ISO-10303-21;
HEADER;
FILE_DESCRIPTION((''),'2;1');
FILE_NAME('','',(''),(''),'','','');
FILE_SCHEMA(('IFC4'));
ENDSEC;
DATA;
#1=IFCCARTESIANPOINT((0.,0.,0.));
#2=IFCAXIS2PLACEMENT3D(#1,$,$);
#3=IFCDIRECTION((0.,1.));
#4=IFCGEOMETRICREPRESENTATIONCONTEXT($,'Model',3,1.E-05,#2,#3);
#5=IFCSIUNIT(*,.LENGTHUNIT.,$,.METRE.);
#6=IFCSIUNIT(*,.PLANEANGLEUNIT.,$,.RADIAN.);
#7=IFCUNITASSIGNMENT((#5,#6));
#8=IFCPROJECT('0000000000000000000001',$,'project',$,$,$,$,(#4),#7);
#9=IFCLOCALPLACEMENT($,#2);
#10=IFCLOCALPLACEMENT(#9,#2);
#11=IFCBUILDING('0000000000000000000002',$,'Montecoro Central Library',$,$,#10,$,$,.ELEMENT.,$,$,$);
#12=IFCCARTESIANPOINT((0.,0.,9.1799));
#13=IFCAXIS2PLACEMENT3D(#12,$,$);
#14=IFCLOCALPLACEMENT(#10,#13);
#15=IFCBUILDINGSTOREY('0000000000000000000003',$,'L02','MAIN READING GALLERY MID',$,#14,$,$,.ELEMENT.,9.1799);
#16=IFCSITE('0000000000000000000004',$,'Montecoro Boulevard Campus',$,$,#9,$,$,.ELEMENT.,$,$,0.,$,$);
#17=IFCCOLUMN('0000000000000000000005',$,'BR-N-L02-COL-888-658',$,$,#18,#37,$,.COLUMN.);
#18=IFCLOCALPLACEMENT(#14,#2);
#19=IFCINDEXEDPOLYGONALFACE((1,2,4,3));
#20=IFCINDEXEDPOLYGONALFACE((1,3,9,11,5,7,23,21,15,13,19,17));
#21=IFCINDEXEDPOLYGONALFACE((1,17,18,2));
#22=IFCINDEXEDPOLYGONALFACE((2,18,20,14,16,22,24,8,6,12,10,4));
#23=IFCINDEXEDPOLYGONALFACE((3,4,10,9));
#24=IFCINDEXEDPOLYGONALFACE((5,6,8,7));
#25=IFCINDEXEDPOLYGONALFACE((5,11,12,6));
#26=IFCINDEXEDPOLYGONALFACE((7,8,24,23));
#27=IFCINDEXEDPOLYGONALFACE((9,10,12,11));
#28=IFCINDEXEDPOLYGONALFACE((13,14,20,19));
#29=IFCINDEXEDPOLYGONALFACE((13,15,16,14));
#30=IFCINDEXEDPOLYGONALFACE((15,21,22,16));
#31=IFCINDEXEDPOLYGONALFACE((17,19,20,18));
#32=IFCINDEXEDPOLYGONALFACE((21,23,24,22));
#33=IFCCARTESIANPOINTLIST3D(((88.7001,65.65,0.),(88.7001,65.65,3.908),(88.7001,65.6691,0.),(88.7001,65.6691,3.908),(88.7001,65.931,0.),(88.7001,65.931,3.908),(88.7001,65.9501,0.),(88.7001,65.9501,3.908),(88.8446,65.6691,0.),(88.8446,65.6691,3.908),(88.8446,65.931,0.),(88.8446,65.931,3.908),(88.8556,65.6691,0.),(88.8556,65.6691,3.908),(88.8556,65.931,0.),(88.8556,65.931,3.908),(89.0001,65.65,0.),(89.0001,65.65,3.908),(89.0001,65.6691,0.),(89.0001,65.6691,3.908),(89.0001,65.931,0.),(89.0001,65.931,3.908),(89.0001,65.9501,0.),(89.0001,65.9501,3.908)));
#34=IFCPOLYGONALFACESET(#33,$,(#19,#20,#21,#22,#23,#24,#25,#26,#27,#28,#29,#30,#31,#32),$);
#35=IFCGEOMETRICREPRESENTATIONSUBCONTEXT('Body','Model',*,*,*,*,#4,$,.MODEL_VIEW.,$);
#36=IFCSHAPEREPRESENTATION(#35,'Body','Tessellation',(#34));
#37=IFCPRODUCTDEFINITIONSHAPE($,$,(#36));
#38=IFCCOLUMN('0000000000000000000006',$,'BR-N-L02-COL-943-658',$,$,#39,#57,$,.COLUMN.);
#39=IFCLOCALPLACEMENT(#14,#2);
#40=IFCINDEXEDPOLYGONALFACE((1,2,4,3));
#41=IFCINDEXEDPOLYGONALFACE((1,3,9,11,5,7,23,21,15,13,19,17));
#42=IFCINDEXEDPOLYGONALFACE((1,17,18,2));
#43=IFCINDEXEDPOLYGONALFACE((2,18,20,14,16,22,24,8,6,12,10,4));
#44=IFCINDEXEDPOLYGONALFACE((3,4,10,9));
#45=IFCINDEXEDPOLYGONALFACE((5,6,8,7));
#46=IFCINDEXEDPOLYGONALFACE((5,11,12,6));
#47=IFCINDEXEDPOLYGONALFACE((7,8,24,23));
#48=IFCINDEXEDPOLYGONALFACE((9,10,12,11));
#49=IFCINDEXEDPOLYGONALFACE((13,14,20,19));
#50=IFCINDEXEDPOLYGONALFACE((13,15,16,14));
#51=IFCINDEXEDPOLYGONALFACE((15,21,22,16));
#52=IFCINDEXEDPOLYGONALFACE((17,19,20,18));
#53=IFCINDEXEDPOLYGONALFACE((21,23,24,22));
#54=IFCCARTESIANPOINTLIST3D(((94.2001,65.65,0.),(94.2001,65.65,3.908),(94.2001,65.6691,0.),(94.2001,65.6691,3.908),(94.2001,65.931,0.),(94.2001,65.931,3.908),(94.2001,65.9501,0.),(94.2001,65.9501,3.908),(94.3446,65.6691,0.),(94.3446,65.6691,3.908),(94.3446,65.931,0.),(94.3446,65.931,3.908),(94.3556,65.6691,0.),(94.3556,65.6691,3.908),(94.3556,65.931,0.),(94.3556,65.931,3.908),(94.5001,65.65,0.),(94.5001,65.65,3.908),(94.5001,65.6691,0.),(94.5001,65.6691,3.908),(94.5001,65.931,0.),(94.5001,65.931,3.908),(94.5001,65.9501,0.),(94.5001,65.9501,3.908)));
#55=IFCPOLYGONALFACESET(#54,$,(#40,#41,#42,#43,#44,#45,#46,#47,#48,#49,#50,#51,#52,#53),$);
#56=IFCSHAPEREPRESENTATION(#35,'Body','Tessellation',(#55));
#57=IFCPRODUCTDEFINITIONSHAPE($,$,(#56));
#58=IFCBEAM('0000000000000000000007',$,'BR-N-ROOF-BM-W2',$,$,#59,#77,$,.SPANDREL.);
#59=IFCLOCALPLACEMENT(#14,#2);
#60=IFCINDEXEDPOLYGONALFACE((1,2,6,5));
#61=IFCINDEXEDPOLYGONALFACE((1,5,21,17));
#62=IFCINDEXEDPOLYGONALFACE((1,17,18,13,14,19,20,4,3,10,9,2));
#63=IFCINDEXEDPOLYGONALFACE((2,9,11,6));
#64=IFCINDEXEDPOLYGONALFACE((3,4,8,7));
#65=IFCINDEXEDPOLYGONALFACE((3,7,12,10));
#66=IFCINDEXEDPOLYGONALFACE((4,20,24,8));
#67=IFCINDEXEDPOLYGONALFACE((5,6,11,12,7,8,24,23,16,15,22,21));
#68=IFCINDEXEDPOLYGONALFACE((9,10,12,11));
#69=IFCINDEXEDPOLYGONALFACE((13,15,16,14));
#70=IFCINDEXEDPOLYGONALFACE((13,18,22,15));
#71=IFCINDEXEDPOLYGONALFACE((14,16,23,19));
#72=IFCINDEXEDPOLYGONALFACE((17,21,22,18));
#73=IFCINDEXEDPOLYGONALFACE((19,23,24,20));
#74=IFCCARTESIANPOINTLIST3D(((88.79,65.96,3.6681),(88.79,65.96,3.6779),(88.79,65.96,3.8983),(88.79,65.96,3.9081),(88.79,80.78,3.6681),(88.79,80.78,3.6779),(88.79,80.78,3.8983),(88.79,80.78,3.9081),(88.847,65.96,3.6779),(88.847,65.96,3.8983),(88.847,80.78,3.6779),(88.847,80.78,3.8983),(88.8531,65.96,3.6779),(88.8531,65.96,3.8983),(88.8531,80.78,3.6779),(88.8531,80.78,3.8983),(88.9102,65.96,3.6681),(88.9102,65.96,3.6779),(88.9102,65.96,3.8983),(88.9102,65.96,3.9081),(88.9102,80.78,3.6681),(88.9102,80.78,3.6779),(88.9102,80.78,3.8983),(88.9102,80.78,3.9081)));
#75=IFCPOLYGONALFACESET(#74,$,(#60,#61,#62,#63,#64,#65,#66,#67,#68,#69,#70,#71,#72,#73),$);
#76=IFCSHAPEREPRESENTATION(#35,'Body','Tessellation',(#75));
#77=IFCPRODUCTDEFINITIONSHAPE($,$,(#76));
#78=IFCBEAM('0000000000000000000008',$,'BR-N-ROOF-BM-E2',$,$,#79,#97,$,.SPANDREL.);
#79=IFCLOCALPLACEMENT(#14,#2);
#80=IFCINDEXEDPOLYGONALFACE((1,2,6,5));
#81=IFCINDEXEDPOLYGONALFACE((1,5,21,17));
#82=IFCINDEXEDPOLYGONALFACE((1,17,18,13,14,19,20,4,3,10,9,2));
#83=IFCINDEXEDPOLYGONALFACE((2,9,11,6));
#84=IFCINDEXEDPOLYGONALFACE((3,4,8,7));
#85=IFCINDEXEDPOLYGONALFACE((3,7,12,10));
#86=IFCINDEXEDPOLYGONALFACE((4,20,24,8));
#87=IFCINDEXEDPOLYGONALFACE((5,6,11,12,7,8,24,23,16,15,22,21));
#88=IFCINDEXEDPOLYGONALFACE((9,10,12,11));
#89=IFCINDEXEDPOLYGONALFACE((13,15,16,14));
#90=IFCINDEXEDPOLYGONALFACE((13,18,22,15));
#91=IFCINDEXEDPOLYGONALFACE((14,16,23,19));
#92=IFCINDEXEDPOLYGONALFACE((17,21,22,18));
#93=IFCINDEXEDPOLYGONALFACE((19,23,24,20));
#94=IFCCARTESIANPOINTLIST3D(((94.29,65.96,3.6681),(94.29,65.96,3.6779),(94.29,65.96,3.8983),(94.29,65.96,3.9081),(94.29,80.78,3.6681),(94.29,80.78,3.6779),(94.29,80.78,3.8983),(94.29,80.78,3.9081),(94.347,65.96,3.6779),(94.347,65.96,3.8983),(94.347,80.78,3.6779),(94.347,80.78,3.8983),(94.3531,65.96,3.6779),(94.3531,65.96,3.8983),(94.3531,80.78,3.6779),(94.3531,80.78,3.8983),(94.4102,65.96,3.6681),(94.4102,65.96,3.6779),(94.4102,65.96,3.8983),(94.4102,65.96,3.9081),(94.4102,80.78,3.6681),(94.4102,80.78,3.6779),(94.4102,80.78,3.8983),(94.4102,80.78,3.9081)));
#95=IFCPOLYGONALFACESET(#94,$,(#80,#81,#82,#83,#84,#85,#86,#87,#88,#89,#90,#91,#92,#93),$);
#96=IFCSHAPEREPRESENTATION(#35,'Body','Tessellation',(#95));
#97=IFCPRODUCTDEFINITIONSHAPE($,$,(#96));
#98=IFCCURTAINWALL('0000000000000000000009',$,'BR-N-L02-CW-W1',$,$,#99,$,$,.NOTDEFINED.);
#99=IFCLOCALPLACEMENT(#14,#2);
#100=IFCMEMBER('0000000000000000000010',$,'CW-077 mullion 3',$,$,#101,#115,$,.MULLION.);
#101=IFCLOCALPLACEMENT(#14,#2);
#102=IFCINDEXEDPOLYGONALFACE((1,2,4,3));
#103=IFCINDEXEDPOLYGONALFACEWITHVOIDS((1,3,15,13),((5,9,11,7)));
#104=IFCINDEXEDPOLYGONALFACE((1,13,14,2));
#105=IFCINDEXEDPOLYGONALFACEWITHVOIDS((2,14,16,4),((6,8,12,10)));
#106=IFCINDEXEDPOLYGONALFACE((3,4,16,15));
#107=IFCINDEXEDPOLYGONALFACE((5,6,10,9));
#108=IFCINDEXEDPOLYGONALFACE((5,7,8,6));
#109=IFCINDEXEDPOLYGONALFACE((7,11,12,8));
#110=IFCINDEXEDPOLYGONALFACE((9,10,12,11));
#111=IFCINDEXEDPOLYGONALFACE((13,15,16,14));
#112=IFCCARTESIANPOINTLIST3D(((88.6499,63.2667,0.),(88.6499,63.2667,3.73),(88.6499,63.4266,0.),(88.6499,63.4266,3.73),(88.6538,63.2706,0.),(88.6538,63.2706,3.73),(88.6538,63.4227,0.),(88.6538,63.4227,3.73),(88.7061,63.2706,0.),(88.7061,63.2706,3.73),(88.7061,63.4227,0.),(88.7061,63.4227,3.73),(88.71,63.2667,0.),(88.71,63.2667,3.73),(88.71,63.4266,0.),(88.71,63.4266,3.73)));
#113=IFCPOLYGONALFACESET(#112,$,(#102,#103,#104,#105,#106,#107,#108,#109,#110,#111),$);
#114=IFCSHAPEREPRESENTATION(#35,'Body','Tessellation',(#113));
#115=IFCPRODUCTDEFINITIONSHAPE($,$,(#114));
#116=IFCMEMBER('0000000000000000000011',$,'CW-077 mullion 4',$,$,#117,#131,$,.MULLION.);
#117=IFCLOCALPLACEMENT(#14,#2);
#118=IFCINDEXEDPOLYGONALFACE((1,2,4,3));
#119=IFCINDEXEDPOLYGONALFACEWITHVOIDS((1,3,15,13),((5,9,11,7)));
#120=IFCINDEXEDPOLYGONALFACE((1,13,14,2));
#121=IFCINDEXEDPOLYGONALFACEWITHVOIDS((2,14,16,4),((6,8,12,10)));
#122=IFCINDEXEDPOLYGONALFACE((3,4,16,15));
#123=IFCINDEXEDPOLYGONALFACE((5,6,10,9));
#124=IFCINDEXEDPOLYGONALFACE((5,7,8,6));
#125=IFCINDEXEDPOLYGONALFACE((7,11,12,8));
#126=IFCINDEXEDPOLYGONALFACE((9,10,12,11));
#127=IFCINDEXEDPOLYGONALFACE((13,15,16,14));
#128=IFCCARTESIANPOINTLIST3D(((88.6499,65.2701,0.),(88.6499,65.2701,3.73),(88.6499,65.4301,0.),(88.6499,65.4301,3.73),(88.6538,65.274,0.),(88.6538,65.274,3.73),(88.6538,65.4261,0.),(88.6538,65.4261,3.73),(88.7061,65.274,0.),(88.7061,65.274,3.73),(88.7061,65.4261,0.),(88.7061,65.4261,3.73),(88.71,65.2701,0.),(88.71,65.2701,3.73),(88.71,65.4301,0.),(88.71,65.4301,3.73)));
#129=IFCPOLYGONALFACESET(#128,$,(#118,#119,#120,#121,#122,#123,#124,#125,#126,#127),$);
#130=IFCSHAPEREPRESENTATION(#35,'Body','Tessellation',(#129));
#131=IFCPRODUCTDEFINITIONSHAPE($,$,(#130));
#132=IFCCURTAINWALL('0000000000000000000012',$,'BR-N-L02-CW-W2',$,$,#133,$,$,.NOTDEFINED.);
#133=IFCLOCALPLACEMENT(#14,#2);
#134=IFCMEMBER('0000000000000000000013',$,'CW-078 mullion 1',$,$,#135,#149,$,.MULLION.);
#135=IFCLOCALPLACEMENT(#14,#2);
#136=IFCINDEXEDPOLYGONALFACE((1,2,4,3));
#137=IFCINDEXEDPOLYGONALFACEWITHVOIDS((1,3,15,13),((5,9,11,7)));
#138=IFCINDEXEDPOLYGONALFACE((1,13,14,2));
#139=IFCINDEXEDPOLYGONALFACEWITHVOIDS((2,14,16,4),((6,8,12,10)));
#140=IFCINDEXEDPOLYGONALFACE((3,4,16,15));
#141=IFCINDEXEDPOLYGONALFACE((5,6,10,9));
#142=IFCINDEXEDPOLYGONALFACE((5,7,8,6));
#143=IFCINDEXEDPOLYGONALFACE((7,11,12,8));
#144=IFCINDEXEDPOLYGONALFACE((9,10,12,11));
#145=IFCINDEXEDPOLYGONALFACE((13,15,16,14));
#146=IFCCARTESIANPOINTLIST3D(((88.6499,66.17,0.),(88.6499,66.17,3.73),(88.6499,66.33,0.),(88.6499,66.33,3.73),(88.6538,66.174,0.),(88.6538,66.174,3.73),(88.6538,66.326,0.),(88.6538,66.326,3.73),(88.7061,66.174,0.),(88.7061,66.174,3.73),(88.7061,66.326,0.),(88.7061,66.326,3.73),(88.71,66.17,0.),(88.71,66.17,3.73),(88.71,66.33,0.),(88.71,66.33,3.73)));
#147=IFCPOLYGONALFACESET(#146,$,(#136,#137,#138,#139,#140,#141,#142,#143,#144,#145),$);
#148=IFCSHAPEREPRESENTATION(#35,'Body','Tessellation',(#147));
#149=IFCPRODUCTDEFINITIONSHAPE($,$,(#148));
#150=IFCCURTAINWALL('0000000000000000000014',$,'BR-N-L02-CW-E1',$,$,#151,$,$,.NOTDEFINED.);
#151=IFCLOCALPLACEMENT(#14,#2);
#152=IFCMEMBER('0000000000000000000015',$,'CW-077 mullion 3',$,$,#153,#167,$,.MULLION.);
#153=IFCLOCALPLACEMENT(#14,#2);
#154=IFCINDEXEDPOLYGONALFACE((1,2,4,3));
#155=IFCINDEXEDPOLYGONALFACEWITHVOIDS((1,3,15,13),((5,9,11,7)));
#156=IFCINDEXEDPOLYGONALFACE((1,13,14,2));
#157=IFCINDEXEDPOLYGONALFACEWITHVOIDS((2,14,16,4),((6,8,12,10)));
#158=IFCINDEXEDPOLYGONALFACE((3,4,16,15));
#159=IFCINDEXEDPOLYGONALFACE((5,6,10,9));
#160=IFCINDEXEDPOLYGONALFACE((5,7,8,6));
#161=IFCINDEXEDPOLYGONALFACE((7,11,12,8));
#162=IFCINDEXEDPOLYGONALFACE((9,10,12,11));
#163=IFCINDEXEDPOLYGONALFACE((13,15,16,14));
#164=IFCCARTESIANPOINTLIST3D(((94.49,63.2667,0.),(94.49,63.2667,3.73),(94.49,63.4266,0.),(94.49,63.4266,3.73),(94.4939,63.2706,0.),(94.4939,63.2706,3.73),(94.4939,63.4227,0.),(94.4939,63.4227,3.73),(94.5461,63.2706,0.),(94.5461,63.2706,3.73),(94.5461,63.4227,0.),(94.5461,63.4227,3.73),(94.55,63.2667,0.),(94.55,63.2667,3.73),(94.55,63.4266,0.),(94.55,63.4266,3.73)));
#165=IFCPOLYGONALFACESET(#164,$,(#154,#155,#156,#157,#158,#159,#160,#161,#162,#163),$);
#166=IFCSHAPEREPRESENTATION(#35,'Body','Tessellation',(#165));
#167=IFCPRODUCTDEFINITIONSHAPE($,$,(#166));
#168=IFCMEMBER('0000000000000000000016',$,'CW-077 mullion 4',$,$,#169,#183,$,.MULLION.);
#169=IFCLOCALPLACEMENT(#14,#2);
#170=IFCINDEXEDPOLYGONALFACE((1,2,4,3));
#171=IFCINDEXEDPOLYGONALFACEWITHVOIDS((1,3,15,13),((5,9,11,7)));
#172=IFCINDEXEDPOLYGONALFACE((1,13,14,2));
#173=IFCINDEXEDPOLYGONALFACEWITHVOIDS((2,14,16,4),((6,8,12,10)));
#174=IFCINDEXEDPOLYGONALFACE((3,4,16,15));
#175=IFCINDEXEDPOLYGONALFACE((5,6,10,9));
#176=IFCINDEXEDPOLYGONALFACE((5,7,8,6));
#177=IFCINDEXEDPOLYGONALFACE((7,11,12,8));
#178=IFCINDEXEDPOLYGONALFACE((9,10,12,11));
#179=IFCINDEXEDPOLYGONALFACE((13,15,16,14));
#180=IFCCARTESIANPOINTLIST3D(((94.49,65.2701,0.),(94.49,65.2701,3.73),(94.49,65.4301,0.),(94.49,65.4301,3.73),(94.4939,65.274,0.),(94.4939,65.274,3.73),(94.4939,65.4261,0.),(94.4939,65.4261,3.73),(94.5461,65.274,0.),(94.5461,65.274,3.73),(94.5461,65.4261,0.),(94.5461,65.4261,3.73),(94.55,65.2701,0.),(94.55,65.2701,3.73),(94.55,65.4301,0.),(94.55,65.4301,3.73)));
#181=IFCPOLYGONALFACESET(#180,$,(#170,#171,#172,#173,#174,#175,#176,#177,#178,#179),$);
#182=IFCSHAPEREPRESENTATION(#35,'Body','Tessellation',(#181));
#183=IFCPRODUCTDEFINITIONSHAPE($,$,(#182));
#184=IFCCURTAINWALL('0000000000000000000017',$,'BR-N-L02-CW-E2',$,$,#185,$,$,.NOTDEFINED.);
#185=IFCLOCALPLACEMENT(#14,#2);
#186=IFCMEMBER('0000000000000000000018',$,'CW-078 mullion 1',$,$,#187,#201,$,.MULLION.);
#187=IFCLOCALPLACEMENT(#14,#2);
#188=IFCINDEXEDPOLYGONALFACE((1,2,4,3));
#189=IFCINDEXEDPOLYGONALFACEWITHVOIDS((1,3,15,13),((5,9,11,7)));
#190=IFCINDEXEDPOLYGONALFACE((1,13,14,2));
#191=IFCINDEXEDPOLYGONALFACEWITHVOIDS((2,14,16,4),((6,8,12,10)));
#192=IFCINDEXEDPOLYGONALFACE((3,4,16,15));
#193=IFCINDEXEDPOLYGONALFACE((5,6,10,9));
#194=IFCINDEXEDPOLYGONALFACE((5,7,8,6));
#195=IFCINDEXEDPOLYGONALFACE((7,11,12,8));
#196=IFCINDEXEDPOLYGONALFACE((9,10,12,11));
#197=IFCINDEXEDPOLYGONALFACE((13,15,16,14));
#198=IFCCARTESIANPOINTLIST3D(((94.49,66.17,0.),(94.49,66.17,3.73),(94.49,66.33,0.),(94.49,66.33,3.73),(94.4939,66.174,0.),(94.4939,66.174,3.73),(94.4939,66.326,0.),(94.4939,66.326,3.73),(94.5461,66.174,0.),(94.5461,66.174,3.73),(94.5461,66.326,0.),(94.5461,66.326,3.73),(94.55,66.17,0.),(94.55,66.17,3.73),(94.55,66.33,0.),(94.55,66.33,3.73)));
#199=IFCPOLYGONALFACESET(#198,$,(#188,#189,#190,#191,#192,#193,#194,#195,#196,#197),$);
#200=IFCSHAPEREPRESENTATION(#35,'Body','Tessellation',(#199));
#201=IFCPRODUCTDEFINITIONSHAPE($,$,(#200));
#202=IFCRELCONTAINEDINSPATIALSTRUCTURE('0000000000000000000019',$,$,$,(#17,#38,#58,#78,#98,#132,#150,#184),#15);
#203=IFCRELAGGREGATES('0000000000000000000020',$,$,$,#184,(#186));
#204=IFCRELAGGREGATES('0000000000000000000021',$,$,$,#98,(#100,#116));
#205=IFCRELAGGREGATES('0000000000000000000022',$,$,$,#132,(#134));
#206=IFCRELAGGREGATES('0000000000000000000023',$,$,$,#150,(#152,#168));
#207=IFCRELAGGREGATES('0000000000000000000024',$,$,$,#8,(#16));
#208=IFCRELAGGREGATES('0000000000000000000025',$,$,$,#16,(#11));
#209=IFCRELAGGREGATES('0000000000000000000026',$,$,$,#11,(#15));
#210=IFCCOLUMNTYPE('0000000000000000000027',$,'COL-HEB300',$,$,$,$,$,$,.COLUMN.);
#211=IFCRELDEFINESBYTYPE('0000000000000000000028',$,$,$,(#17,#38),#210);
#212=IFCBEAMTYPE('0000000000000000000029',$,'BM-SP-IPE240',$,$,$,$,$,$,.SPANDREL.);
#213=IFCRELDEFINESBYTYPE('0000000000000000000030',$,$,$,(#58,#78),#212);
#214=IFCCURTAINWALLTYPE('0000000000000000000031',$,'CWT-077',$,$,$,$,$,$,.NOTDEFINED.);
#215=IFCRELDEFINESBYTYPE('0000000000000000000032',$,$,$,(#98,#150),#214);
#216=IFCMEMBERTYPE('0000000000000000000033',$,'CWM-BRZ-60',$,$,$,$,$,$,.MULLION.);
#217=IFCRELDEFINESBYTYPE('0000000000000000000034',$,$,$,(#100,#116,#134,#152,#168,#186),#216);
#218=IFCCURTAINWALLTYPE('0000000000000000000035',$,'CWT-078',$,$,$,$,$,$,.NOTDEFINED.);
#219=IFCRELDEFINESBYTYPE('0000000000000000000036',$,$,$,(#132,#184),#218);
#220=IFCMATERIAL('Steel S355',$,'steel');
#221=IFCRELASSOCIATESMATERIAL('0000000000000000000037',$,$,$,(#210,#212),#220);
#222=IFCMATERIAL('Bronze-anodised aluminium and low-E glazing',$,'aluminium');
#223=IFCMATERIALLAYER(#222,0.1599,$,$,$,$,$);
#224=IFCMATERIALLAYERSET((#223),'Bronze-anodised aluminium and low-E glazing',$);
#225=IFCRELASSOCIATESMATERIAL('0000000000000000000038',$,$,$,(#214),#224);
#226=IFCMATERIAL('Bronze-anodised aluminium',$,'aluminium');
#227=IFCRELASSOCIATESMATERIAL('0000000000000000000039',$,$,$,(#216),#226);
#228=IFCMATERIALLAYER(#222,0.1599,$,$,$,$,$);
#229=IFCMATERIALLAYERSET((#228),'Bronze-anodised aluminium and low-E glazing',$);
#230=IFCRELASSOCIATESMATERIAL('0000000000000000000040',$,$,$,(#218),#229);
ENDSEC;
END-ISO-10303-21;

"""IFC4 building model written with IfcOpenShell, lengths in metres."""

from ifc_helpers import new_model, si_unit, direction, frame, origin, origin_2d, place, context, subcontext, project, spatial, hollow_rectangle, i_section, extrude, material, layer, layer_set, material_profile, profile_set, type_object, element, aggregate, save


model = new_model("IFC4")

# Units and contexts
model_context = context("Model", 3, precision=1e-05, world=origin(), true_north=direction((0.0, 1.0)))
body_context = subcontext(model_context, "Body", "Model", "MODEL_VIEW")
ifc_project = project(units=[si_unit("LENGTHUNIT", "METRE"), si_unit("PLANEANGLEUNIT", "RADIAN")], contexts=[model_context])

# Site, building, storey
site_placement = place(None, origin())
site = spatial("IfcSite", under=ifc_project, at=site_placement, Name="Montecoro Boulevard Campus", CompositionType="ELEMENT", RefElevation=0.0)
building_placement = place(site_placement, origin())
building = spatial("IfcBuilding", under=site, at=building_placement, Name="Montecoro Central Library", CompositionType="ELEMENT")
storey_placement = place(building_placement, frame((0.0, 0.0, 9.1799)))
storey = spatial("IfcBuildingStorey", under=building, at=storey_placement, Name="L02", Description="MAIN READING GALLERY MID", CompositionType="ELEMENT", Elevation=9.1799)

# Columns
ifc_material_1 = material(Name="Steel S355", Category="steel")
ifc_material_profile_1 = material_profile(ifc_material_1, i_section(OverallWidth=0.3, OverallDepth=0.3, WebThickness=0.011, FlangeThickness=0.019, at=origin_2d()), Name="HEB 300")
ifc_profile_set_1 = profile_set([ifc_material_profile_1], Name="Steel S355")
column_type = type_object("IfcColumnType", Name="COL-HEB300", PredefinedType="COLUMN", material=ifc_profile_set_1)
for number, where, z_axis, x_axis, name in (
    (1, (88.8501, 65.8, 0.0), (0.0, 0.0, 1.0), (1.0, 0.0, 0.0), "BR-N-L02-COL-888-658"),
    (2, (94.3501, 65.8, 0.0), (0.0, 0.0, 1.0), (1.0, 0.0, 0.0), "BR-N-L02-COL-943-658"),
):
    element("IfcColumn", number, at=place(storey_placement, frame(where, z_axis=z_axis, x_axis=x_axis)), inside=storey, type_object=column_type, Name=name, PredefinedType="COLUMN", context=body_context, shape_type="SweptSolid", body=[
        extrude(i_section(OverallWidth=0.3, OverallDepth=0.3, WebThickness=0.011, FlangeThickness=0.019, at=origin_2d()), origin(), (0.0, 0.0, 1.0), 3.908),
    ])

# Beams
ifc_material_profile_2 = material_profile(ifc_material_1, i_section(OverallWidth=0.1201, OverallDepth=0.24, WebThickness=0.0061, FlangeThickness=0.0098, at=origin_2d()), Name="IPE 240")
ifc_profile_set_2 = profile_set([ifc_material_profile_2], Name="Steel S355")
beam_type = type_object("IfcBeamType", Name="BM-SP-IPE240", PredefinedType="SPANDREL", material=ifc_profile_set_2)
for number, where, z_axis, x_axis, name in (
    (3, (88.8501, 65.96, 3.7881), (0.0, 1.0, 0.0), (-1.0, 0.0, 0.0), "BR-N-ROOF-BM-W2"),
    (4, (94.3501, 65.96, 3.7881), (0.0, 1.0, 0.0), (-1.0, 0.0, 0.0), "BR-N-ROOF-BM-E2"),
):
    element("IfcBeam", number, at=place(storey_placement, frame(where, z_axis=z_axis, x_axis=x_axis)), inside=storey, type_object=beam_type, Name=name, PredefinedType="SPANDREL", context=body_context, shape_type="SweptSolid", body=[
        extrude(i_section(OverallWidth=0.1201, OverallDepth=0.24, WebThickness=0.0061, FlangeThickness=0.0098, at=origin_2d()), origin(), (0.0, 0.0, 1.0), 14.8201),
    ])

# Curtain wall, members
ifc_material_2 = material(Name="Bronze-anodised aluminium and low-E glazing", Category="aluminium")
ifc_layer_1 = layer(ifc_material_2, 0.1599)
ifc_layer_set_1 = layer_set([ifc_layer_1], Name="Bronze-anodised aluminium and low-E glazing")
curtain_wall_type_1 = type_object("IfcCurtainWallType", Name="CWT-077", PredefinedType="NOTDEFINED", material=ifc_layer_set_1)
curtain_wall_1_placement = place(storey_placement, origin())
curtain_wall_1 = element("IfcCurtainWall", 5, at=curtain_wall_1_placement, inside=storey, type_object=curtain_wall_type_1, Name="BR-N-L02-CW-W1", PredefinedType="NOTDEFINED")
ifc_material_3 = material(Name="Bronze-anodised aluminium", Category="aluminium")
ifc_material_profile_3 = material_profile(ifc_material_3, hollow_rectangle(XDim=0.0601, YDim=0.1599, WallThickness=0.0039, at=origin_2d()), Name="CWM 160x60x4.0")
ifc_profile_set_3 = profile_set([ifc_material_profile_3], Name="Bronze-anodised aluminium")
member_type_1 = type_object("IfcMemberType", Name="CWM-BRZ-60", PredefinedType="MULLION", material=ifc_profile_set_3)
member_1_placement = place(storey_placement, frame((88.6799, 63.3467, 0.0), z_axis=(0.0, 0.0, 1.0), x_axis=(-1.0, 0.0, 0.0)))
member_1 = element("IfcMember", 6, at=member_1_placement, type_object=member_type_1, Name="CW-077 mullion 3", PredefinedType="MULLION", context=body_context, shape_type="SweptSolid", body=[
    extrude(hollow_rectangle(XDim=0.0601, YDim=0.1599, WallThickness=0.0039, at=origin_2d()), origin(), (0.0, 0.0, 1.0), 3.73),
])
member_2_placement = place(storey_placement, frame((88.6799, 65.3501, 0.0), z_axis=(0.0, 0.0, 1.0), x_axis=(-1.0, 0.0, 0.0)))
member_2 = element("IfcMember", 7, at=member_2_placement, type_object=member_type_1, Name="CW-077 mullion 4", PredefinedType="MULLION", context=body_context, shape_type="SweptSolid", body=[
    extrude(hollow_rectangle(XDim=0.0601, YDim=0.1599, WallThickness=0.0039, at=origin_2d()), origin(), (0.0, 0.0, 1.0), 3.73),
])

# Curtain wall, member
ifc_layer_2 = layer(ifc_material_2, 0.1599)
ifc_layer_set_2 = layer_set([ifc_layer_2], Name="Bronze-anodised aluminium and low-E glazing")
curtain_wall_type_2 = type_object("IfcCurtainWallType", Name="CWT-078", PredefinedType="NOTDEFINED", material=ifc_layer_set_2)
curtain_wall_2_placement = place(storey_placement, origin())
curtain_wall_2 = element("IfcCurtainWall", 8, at=curtain_wall_2_placement, inside=storey, type_object=curtain_wall_type_2, Name="BR-N-L02-CW-W2", PredefinedType="NOTDEFINED")
member_3_placement = place(storey_placement, frame((88.6799, 66.25, 0.0), z_axis=(0.0, 0.0, 1.0), x_axis=(-1.0, 0.0, 0.0)))
member_3 = element("IfcMember", 9, at=member_3_placement, type_object=member_type_1, Name="CW-078 mullion 1", PredefinedType="MULLION", context=body_context, shape_type="SweptSolid", body=[
    extrude(hollow_rectangle(XDim=0.0601, YDim=0.1599, WallThickness=0.0039, at=origin_2d()), origin(), (0.0, 0.0, 1.0), 3.73),
])

# Curtain wall, members
curtain_wall_3_placement = place(storey_placement, origin())
curtain_wall_3 = element("IfcCurtainWall", 10, at=curtain_wall_3_placement, inside=storey, type_object=curtain_wall_type_1, Name="BR-N-L02-CW-E1", PredefinedType="NOTDEFINED")
member_4_placement = place(storey_placement, frame((94.52, 63.3467, 0.0), z_axis=(0.0, 0.0, 1.0), x_axis=(-1.0, 0.0, 0.0)))
member_4 = element("IfcMember", 11, at=member_4_placement, type_object=member_type_1, Name="CW-077 mullion 3", PredefinedType="MULLION", context=body_context, shape_type="SweptSolid", body=[
    extrude(hollow_rectangle(XDim=0.0601, YDim=0.1599, WallThickness=0.0039, at=origin_2d()), origin(), (0.0, 0.0, 1.0), 3.73),
])
member_5_placement = place(storey_placement, frame((94.52, 65.3501, 0.0), z_axis=(0.0, 0.0, 1.0), x_axis=(-1.0, 0.0, 0.0)))
member_5 = element("IfcMember", 12, at=member_5_placement, type_object=member_type_1, Name="CW-077 mullion 4", PredefinedType="MULLION", context=body_context, shape_type="SweptSolid", body=[
    extrude(hollow_rectangle(XDim=0.0601, YDim=0.1599, WallThickness=0.0039, at=origin_2d()), origin(), (0.0, 0.0, 1.0), 3.73),
])

# Curtain wall, member
curtain_wall_4_placement = place(storey_placement, origin())
curtain_wall_4 = element("IfcCurtainWall", 13, at=curtain_wall_4_placement, inside=storey, type_object=curtain_wall_type_2, Name="BR-N-L02-CW-E2", PredefinedType="NOTDEFINED")
member_6_placement = place(storey_placement, frame((94.52, 66.25, 0.0), z_axis=(0.0, 0.0, 1.0), x_axis=(-1.0, 0.0, 0.0)))
member_6 = element("IfcMember", 14, at=member_6_placement, type_object=member_type_1, Name="CW-078 mullion 1", PredefinedType="MULLION", context=body_context, shape_type="SweptSolid", body=[
    extrude(hollow_rectangle(XDim=0.0601, YDim=0.1599, WallThickness=0.0039, at=origin_2d()), origin(), (0.0, 0.0, 1.0), 3.73),
])

aggregate(curtain_wall_4, [member_6])

aggregate(curtain_wall_1, [member_1, member_2])
aggregate(curtain_wall_2, [member_3])
aggregate(curtain_wall_3, [member_4, member_5])

save(model, "model.ifc")
